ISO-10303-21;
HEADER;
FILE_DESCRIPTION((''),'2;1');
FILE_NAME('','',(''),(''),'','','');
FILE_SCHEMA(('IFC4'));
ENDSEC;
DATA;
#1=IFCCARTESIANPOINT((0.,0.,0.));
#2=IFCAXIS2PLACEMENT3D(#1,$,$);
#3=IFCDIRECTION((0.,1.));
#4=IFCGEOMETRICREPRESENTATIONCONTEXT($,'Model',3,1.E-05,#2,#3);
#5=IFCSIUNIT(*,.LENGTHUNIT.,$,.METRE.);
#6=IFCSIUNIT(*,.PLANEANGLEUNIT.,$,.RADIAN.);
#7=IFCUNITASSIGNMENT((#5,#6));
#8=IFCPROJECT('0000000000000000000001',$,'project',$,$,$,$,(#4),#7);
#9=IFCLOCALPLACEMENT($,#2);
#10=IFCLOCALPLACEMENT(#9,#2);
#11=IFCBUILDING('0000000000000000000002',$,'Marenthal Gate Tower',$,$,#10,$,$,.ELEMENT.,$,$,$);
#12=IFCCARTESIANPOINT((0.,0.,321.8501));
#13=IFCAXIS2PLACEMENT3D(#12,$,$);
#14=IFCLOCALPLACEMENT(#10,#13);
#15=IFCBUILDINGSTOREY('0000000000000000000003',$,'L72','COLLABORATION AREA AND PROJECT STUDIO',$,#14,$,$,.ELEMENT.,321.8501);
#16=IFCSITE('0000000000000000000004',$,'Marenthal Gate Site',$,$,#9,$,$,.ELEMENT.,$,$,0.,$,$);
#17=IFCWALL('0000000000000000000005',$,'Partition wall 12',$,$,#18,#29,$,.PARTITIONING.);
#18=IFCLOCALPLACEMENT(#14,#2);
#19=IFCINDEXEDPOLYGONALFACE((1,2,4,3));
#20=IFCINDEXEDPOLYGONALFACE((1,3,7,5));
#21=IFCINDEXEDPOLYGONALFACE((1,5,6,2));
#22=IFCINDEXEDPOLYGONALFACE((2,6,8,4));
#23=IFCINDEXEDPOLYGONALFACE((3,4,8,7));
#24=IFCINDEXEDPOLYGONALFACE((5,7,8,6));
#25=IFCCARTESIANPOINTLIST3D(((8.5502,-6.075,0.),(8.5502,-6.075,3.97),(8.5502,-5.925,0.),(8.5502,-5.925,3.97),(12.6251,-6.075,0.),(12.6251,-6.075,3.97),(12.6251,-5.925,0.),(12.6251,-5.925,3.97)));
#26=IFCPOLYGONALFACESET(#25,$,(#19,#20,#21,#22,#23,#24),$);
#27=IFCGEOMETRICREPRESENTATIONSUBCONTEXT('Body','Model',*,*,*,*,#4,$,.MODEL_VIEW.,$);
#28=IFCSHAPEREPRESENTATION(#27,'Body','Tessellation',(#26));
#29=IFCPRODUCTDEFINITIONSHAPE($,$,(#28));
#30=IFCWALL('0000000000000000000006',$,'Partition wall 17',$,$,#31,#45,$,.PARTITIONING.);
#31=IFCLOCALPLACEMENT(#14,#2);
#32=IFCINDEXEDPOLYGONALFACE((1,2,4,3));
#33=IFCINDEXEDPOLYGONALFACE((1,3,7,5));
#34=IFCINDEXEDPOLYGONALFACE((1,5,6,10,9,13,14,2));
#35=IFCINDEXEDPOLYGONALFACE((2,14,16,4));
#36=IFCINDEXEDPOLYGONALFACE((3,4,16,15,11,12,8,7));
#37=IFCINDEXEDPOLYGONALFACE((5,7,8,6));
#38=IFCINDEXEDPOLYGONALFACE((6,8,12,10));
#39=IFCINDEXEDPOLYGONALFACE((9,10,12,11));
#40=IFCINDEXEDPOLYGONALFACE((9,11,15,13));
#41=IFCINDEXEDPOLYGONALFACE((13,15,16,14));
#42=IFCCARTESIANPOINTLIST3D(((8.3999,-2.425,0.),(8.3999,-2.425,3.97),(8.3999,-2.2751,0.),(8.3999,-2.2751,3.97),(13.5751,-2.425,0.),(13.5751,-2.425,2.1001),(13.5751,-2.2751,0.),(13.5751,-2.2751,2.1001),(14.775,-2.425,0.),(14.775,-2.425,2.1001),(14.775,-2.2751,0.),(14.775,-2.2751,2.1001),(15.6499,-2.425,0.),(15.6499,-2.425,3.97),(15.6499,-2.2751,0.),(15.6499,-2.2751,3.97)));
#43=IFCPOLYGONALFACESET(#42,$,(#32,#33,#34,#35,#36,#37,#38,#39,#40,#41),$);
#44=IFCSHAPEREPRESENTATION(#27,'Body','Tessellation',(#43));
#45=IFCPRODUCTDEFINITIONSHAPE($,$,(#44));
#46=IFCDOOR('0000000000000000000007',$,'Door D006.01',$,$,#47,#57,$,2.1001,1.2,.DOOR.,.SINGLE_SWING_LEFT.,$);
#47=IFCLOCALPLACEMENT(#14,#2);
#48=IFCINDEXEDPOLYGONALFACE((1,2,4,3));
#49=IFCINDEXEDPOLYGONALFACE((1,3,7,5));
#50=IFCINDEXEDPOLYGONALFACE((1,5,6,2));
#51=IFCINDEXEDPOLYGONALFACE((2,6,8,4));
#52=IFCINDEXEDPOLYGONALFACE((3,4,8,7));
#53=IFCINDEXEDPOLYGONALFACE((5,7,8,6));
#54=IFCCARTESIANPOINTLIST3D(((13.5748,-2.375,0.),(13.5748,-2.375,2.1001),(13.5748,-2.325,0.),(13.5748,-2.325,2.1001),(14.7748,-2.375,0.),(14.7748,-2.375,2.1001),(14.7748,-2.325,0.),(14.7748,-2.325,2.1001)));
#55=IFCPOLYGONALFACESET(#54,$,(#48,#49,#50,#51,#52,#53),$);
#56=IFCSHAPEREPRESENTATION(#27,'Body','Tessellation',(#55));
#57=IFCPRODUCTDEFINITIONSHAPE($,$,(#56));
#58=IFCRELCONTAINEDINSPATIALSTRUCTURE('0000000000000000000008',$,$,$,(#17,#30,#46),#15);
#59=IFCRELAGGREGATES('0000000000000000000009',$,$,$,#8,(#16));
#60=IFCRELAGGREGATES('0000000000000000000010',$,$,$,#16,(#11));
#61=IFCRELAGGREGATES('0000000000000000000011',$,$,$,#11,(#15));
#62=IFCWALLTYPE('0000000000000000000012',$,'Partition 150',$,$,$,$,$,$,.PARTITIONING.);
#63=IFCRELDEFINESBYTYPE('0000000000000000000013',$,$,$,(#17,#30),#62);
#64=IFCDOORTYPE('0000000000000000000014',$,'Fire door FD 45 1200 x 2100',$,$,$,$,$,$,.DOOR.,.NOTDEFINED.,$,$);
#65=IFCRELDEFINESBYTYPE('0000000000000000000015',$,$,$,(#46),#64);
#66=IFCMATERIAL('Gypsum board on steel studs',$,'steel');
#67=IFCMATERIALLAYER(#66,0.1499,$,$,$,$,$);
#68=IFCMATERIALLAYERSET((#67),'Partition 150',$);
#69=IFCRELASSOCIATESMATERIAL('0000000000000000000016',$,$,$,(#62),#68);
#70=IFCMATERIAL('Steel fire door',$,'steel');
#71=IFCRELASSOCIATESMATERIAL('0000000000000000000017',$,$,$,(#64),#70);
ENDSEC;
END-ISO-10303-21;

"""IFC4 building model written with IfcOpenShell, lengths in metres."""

from ifc_helpers import new_model, si_unit, direction, frame, frame_2d, origin, place, context, subcontext, project, spatial, rectangle, extrude, material, layer, layer_set, type_object, element, fill, save


model = new_model("IFC4")

# Units and contexts
model_context = context("Model", 3, precision=1e-05, world=origin(), true_north=direction((0.0, 1.0)))
body_context = subcontext(model_context, "Body", "Model", "MODEL_VIEW")
ifc_project = project(units=[si_unit("LENGTHUNIT", "METRE"), si_unit("PLANEANGLEUNIT", "RADIAN")], contexts=[model_context])

# Site, building, storey
site_placement = place(None, origin())
site = spatial("IfcSite", under=ifc_project, at=site_placement, Name="Marenthal Gate Site", CompositionType="ELEMENT", RefElevation=0.0)
building_placement = place(site_placement, origin())
building = spatial("IfcBuilding", under=site, at=building_placement, Name="Marenthal Gate Tower", CompositionType="ELEMENT")
storey_placement = place(building_placement, frame((0.0, 0.0, 321.8501)))
storey = spatial("IfcBuildingStorey", under=building, at=storey_placement, Name="L72", Description="COLLABORATION AREA AND PROJECT STUDIO", CompositionType="ELEMENT", Elevation=321.8501)

# Wall
ifc_material_1 = material(Name="Gypsum board on steel studs", Category="steel")
ifc_layer_1 = layer(ifc_material_1, 0.1499)
ifc_layer_set_1 = layer_set([ifc_layer_1], Name="Partition 150")
wall_type_1 = type_object("IfcWallType", Name="Partition 150", PredefinedType="PARTITIONING", material=ifc_layer_set_1)
wall_1_placement = place(storey_placement, frame((8.55, -6.0, 0.0), z_axis=(0.0, 0.0, 1.0), x_axis=(1.0, 0.0, 0.0)))
element("IfcWall", 1, at=wall_1_placement, inside=storey, type_object=wall_type_1, Name="Partition wall 12", PredefinedType="PARTITIONING", context=body_context, shape_type="SweptSolid", body=[
    extrude(rectangle(XDim=4.075, YDim=0.1499, at=frame_2d((2.0376, 0.0))), origin(), (0.0, 0.0, 1.0), 3.97),
])

# Wall, opening, door
wall_2_placement = place(storey_placement, frame((8.3999, -2.3501, 0.0), z_axis=(0.0, 0.0, 1.0), x_axis=(1.0, 0.0, 0.0)))
wall_2 = element("IfcWall", 2, at=wall_2_placement, inside=storey, type_object=wall_type_1, Name="Partition wall 17", PredefinedType="PARTITIONING", context=body_context, shape_type="SweptSolid", body=[
    extrude(rectangle(XDim=7.25, YDim=0.1499, at=frame_2d((3.625, 0.0))), origin(), (0.0, 0.0, 1.0), 3.97),
])
opening_placement = place(wall_2_placement, frame((5.175, 0.0, 0.0)))
opening = element("IfcOpeningElement", 3, at=opening_placement, cuts=wall_2, PredefinedType="OPENING", context=body_context, shape_type="SweptSolid", body=[
    extrude(rectangle(XDim=1.2, YDim=2.1001, at=frame_2d((0.6001, 1.05))), frame((0.0, 0.085, 0.0), z_axis=(0.0, -1.0, 0.0), x_axis=(1.0, 0.0, 0.0)), (0.0, 0.0, 1.0), 0.1699),
])
ifc_material_2 = material(Name="Steel fire door", Category="steel")
door_type = type_object("IfcDoorType", Name="Fire door FD 45 1200 x 2100", OperationType="NOTDEFINED", PredefinedType="DOOR", material=ifc_material_2)
door_placement = place(opening_placement, frame((1.2, 0.0, 0.0), z_axis=(0.0, 0.0, 1.0), x_axis=(-1.0, 0.0, 0.0)))
door = element("IfcDoor", 4, at=door_placement, inside=storey, type_object=door_type, Name="Door D006.01", OperationType="SINGLE_SWING_LEFT", OverallHeight=2.1001, OverallWidth=1.2, PredefinedType="DOOR", context=body_context, shape_type="SweptSolid", body=[
    extrude(rectangle(XDim=1.2, YDim=2.1001, at=frame_2d((0.6001, 1.05))), frame((0.0, 0.0249, 0.0), z_axis=(0.0, -1.0, 0.0), x_axis=(1.0, 0.0, 0.0)), (0.0, 0.0, 1.0), 0.05),
])
fill(opening, door)

save(model, "model.ifc")
